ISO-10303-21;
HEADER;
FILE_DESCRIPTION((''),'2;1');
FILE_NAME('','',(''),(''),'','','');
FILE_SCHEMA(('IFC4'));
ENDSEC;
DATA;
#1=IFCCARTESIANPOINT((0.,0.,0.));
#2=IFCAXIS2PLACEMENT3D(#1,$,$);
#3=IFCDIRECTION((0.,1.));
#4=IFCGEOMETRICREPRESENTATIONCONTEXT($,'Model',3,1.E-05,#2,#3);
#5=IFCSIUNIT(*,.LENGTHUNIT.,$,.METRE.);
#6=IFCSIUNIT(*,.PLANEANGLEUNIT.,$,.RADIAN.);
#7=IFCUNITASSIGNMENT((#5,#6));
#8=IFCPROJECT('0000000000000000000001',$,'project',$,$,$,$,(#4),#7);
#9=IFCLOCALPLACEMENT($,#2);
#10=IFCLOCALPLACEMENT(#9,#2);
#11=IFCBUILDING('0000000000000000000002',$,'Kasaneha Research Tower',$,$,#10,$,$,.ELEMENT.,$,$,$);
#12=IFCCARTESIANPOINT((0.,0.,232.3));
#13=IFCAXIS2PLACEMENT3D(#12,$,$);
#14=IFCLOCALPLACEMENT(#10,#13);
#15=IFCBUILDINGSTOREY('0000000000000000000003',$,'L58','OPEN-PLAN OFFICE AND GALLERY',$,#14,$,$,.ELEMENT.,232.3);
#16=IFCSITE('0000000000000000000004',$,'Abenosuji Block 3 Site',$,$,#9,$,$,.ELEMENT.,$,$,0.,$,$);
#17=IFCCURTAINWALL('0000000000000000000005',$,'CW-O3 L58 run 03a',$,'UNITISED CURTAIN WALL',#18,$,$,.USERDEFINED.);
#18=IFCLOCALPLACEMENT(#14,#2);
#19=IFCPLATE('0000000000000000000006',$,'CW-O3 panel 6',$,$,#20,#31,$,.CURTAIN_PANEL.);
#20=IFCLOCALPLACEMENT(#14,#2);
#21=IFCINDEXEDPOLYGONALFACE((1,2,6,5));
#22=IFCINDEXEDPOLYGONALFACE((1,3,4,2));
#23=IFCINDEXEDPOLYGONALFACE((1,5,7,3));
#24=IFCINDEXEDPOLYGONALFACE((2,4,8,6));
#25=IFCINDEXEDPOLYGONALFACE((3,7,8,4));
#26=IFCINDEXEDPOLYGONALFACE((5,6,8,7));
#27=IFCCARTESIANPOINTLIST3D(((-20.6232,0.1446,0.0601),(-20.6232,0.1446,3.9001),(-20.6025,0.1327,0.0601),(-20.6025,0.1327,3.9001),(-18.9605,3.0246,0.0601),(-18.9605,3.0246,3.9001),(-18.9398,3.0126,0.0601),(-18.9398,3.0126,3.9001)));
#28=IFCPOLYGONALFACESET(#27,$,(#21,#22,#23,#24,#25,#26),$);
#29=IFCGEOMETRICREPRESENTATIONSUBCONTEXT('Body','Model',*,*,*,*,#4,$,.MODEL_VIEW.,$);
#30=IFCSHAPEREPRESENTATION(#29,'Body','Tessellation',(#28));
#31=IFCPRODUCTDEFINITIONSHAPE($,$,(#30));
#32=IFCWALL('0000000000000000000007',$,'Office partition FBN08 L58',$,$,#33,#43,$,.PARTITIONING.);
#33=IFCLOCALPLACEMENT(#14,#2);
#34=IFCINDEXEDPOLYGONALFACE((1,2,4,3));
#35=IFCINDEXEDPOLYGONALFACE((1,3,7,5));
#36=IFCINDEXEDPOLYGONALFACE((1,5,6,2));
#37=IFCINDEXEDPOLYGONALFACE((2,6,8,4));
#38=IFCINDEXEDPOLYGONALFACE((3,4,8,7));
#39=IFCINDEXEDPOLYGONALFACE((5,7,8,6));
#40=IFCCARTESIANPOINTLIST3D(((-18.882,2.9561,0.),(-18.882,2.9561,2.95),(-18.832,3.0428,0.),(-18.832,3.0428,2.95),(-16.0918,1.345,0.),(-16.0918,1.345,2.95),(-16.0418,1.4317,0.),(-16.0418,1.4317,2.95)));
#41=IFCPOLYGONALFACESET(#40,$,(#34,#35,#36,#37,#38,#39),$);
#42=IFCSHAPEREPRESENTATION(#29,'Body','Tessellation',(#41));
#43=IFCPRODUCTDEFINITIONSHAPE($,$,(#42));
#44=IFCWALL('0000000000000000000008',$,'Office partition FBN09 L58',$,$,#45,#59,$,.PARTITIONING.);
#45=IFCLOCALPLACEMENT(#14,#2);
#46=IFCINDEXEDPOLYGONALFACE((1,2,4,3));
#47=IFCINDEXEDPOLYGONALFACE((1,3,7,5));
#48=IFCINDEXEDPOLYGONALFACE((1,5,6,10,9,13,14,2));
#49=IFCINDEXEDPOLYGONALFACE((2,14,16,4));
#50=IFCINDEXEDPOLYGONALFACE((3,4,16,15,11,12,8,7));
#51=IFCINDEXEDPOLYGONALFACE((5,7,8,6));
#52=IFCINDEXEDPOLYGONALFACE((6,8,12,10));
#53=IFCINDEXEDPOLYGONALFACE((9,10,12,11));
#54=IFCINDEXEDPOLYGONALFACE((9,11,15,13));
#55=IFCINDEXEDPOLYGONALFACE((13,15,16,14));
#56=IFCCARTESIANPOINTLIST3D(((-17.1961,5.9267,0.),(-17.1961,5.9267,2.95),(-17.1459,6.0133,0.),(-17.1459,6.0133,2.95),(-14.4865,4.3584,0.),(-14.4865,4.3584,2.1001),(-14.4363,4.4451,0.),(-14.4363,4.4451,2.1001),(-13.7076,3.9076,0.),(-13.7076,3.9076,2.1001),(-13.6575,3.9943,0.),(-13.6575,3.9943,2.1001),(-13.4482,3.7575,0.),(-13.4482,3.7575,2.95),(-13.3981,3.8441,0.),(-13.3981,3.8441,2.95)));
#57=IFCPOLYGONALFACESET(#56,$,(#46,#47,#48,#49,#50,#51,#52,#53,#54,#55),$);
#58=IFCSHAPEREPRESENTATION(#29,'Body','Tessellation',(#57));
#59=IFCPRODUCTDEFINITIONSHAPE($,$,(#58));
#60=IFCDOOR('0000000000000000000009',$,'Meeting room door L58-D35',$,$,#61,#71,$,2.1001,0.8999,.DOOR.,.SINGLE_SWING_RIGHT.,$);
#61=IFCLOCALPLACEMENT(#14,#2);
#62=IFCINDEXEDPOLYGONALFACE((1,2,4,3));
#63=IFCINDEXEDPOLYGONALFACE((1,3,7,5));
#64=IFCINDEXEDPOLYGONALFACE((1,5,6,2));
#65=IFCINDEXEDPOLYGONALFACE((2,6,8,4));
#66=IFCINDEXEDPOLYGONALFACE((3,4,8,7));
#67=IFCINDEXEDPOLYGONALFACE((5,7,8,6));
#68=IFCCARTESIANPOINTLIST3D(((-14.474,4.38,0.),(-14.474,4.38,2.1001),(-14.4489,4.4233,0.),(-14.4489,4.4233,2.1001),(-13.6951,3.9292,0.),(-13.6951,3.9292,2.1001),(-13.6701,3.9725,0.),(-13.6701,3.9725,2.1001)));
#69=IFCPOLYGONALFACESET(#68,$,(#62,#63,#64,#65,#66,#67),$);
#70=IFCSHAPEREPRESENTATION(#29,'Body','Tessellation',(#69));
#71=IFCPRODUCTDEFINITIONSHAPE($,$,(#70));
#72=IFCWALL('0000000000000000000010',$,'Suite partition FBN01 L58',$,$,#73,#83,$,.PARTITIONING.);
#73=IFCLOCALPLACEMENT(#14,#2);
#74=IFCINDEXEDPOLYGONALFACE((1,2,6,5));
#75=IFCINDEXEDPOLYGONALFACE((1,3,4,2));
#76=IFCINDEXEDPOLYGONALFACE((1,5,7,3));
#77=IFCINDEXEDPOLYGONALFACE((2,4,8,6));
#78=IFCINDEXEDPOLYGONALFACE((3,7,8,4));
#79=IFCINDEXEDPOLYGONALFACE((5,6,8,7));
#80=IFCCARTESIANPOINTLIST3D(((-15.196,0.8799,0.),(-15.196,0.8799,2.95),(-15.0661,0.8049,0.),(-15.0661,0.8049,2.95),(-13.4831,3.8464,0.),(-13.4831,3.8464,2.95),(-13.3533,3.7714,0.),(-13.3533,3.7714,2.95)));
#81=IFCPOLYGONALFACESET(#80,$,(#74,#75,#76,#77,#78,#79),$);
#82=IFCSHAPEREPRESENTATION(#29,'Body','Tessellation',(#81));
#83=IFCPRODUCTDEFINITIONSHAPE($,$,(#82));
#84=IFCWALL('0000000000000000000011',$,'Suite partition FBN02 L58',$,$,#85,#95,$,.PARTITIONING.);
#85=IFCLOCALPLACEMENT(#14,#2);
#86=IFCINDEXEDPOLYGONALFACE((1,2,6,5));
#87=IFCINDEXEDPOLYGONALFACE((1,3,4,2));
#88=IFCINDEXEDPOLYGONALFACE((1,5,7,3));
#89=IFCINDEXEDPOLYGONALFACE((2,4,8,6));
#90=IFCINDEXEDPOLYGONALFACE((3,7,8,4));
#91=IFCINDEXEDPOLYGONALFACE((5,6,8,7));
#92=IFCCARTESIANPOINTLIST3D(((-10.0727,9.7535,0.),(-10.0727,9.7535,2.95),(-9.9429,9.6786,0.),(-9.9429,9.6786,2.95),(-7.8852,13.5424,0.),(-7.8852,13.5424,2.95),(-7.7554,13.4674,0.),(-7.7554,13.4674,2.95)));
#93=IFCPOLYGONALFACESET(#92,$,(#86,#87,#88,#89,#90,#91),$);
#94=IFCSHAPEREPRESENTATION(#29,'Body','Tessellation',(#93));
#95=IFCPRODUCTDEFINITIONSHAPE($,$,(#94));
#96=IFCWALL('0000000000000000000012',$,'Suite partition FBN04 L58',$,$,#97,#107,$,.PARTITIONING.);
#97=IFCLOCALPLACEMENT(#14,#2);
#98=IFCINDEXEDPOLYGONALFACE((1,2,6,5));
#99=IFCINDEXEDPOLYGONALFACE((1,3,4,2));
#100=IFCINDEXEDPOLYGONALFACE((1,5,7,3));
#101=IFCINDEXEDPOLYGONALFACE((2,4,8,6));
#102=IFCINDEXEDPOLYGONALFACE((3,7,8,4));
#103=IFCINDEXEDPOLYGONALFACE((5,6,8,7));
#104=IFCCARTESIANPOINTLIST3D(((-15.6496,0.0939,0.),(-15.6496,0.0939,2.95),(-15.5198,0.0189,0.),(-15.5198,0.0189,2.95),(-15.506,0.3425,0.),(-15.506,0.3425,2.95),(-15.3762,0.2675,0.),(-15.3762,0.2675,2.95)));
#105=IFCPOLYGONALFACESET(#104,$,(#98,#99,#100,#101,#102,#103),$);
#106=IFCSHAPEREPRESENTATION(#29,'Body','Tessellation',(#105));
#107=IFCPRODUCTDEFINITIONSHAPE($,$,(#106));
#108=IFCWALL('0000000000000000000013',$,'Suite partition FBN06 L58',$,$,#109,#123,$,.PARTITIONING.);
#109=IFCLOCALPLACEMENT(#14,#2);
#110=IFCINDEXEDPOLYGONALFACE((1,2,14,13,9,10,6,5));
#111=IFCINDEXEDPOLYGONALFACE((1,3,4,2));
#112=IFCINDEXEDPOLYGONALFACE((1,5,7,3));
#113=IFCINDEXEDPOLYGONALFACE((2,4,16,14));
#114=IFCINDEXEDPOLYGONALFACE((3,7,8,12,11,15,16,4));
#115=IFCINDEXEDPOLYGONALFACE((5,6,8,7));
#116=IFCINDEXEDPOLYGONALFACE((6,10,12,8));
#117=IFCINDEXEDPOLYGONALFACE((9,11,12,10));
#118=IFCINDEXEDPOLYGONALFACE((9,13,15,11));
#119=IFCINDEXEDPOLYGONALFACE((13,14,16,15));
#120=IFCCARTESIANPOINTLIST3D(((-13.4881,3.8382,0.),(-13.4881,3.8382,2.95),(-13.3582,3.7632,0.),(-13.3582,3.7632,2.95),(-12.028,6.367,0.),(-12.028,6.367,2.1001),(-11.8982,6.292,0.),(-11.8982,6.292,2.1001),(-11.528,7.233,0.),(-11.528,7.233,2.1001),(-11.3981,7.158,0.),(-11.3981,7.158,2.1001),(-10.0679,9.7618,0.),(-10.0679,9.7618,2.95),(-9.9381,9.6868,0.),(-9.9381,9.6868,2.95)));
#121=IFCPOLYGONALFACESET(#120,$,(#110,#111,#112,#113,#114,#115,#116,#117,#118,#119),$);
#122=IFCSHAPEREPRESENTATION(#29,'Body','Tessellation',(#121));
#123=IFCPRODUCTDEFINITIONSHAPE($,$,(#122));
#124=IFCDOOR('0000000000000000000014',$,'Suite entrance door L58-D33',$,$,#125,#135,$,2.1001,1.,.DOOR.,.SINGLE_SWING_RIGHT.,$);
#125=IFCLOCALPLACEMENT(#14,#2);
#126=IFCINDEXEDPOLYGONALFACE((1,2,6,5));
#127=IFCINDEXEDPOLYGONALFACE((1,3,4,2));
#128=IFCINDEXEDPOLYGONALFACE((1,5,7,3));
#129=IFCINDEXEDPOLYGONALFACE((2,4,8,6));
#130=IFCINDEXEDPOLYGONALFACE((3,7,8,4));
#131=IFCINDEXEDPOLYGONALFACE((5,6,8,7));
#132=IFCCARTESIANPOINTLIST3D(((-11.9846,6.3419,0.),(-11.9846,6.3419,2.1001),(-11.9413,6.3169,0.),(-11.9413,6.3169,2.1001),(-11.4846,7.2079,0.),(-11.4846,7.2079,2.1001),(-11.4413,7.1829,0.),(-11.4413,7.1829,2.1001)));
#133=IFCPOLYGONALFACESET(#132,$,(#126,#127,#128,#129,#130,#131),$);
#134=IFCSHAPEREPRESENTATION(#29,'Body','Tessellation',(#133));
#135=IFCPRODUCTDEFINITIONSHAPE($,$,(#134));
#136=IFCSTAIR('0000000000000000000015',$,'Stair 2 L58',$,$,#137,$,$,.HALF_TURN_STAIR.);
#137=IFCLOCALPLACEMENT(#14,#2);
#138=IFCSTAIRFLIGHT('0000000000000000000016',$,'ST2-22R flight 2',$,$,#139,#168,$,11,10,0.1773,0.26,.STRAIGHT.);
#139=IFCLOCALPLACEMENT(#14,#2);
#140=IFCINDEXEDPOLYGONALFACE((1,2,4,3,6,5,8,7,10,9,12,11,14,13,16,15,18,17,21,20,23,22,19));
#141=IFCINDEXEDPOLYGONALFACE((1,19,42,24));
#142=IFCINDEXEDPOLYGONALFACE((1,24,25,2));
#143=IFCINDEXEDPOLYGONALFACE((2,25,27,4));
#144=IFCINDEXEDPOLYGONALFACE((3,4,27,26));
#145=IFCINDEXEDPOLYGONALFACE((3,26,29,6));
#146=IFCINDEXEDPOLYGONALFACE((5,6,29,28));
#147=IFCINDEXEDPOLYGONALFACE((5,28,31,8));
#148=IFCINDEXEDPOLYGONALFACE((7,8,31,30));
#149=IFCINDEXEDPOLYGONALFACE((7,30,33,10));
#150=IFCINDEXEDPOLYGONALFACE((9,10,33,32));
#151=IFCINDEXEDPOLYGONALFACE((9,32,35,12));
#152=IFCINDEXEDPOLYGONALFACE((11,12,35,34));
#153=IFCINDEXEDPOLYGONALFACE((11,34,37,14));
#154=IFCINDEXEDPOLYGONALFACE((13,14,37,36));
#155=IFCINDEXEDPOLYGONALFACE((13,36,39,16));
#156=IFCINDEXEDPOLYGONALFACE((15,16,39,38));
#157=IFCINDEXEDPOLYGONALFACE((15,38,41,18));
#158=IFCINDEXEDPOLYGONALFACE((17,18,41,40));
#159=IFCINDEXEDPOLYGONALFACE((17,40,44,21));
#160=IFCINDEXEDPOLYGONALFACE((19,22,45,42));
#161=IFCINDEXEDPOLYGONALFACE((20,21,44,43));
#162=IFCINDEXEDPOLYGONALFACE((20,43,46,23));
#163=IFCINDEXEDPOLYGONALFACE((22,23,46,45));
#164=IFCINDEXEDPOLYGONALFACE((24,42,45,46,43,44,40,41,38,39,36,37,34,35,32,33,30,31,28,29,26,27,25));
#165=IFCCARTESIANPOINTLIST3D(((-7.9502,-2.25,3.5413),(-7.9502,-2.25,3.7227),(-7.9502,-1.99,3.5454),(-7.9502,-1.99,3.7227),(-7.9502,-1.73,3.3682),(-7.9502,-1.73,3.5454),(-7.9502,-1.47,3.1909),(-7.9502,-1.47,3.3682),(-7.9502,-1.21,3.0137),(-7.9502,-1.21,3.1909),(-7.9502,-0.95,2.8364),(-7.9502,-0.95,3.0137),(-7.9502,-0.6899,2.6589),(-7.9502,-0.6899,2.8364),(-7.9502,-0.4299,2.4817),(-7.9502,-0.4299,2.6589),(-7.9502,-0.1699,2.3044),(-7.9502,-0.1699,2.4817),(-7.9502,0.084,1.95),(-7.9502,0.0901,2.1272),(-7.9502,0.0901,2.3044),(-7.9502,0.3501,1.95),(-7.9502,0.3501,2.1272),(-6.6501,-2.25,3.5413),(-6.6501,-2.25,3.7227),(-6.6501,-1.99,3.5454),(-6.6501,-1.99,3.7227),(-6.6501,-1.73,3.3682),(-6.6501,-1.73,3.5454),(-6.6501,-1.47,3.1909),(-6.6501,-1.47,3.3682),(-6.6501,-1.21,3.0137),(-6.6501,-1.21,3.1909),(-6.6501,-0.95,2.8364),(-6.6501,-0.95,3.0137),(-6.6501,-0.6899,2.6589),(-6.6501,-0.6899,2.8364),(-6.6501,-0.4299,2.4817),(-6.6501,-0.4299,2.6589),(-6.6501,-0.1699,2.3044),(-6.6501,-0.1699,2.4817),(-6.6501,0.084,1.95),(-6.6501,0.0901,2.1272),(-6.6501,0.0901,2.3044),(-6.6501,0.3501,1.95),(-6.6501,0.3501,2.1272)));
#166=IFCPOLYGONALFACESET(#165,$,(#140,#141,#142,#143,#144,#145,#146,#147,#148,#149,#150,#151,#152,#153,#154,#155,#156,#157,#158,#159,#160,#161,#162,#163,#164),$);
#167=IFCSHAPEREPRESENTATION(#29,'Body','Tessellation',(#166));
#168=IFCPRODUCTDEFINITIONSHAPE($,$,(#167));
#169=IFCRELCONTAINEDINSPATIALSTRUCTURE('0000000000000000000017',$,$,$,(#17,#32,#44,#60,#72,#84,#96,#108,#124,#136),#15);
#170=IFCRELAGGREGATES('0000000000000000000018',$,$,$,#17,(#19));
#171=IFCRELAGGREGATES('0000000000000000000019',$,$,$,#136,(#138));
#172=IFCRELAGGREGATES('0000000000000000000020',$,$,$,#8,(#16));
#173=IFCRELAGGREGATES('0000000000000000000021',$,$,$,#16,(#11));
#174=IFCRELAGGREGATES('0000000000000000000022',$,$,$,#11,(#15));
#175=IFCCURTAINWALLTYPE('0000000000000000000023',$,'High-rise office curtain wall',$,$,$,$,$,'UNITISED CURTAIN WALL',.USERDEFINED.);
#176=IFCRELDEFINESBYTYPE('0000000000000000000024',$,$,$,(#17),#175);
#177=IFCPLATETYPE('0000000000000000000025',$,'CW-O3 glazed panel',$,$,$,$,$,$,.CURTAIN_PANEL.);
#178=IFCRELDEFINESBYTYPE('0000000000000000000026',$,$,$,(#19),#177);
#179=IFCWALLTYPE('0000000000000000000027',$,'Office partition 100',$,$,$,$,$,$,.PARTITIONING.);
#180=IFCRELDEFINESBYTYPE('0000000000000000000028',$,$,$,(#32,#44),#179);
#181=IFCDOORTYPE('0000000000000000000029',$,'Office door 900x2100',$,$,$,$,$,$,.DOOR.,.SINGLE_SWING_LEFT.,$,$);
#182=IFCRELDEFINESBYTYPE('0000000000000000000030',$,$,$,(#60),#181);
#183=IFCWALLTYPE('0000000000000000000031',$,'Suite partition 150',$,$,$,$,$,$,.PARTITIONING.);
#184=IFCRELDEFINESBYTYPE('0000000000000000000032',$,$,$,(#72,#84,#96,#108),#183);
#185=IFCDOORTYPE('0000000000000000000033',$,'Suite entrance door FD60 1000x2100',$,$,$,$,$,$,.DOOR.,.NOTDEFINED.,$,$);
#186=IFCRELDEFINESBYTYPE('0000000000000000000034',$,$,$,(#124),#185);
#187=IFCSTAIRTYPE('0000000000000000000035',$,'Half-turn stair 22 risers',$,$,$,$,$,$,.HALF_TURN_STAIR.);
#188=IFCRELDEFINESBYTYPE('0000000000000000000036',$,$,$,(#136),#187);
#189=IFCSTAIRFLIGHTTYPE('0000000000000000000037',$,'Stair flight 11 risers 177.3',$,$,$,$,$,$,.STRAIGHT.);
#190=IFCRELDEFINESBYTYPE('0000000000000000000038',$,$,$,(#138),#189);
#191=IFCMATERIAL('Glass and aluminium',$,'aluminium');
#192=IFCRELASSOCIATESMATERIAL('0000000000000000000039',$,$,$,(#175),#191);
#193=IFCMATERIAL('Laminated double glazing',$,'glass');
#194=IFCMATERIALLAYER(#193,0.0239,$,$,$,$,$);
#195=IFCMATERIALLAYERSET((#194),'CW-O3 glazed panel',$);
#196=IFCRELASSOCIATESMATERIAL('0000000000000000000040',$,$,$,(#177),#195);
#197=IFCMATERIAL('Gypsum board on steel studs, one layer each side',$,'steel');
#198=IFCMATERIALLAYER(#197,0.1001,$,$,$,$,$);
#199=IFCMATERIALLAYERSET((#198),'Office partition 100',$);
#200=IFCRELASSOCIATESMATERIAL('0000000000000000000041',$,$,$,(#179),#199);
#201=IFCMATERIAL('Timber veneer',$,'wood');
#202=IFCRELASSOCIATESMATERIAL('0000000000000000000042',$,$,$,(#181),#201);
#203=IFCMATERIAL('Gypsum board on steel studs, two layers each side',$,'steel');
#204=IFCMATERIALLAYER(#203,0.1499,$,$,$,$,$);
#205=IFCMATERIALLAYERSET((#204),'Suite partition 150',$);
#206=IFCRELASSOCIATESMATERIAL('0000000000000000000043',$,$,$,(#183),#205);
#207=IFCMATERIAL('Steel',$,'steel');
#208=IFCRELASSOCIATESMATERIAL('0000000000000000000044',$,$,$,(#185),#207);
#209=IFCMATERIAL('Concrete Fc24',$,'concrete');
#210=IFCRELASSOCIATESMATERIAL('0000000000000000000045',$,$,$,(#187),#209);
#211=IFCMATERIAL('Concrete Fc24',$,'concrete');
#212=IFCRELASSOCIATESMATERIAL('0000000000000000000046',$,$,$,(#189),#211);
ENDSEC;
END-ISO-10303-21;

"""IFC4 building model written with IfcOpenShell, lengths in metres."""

from ifc_helpers import new_model, si_unit, direction, frame, frame_2d, origin, origin_2d, place, context, subcontext, project, spatial, polyline, rectangle, outline, extrude, material, layer, layer_set, type_object, element, fill, aggregate, save


model = new_model("IFC4")

# Units and contexts
model_context = context("Model", 3, precision=1e-05, world=origin(), true_north=direction((0.0, 1.0)))
body_context = subcontext(model_context, "Body", "Model", "MODEL_VIEW")
ifc_project = project(units=[si_unit("LENGTHUNIT", "METRE"), si_unit("PLANEANGLEUNIT", "RADIAN")], contexts=[model_context])

# Site, building, storey
site_placement = place(None, origin())
site = spatial("IfcSite", under=ifc_project, at=site_placement, Name="Abenosuji Block 3 Site", CompositionType="ELEMENT", RefElevation=0.0)
building_placement = place(site_placement, origin())
building = spatial("IfcBuilding", under=site, at=building_placement, Name="Kasaneha Research Tower", CompositionType="ELEMENT")
storey_placement = place(building_placement, frame((0.0, 0.0, 232.3)))
storey = spatial("IfcBuildingStorey", under=building, at=storey_placement, Name="L58", Description="OPEN-PLAN OFFICE AND GALLERY", CompositionType="ELEMENT", Elevation=232.3)

# Curtain wall
ifc_material_1 = material(Name="Glass and aluminium", Category="aluminium")
curtain_wall_type = type_object("IfcCurtainWallType", Name="High-rise office curtain wall", ElementType="UNITISED CURTAIN WALL", PredefinedType="USERDEFINED", material=ifc_material_1)
curtain_wall_placement = place(storey_placement, origin())
curtain_wall = element("IfcCurtainWall", 1, at=curtain_wall_placement, inside=storey, type_object=curtain_wall_type, Name="CW-O3 L58 run 03a", ObjectType="UNITISED CURTAIN WALL", PredefinedType="USERDEFINED")

# Plate
ifc_material_2 = material(Name="Laminated double glazing", Category="glass")
ifc_layer_1 = layer(ifc_material_2, 0.0239)
ifc_layer_set_1 = layer_set([ifc_layer_1], Name="CW-O3 glazed panel")
plate_type = type_object("IfcPlateType", Name="CW-O3 glazed panel", PredefinedType="CURTAIN_PANEL", material=ifc_layer_set_1)
plate_1_placement = place(storey_placement, frame((-19.7815, 1.5786, 0.0601), z_axis=(0.0, 0.0, 1.0), x_axis=(-0.5, -0.866025, 0.0)))
plate_1 = element("IfcPlate", 2, at=plate_1_placement, type_object=plate_type, Name="CW-O3 panel 6", PredefinedType="CURTAIN_PANEL", context=body_context, shape_type="SweptSolid", body=[
    extrude(rectangle(XDim=3.3254, YDim=0.0239, at=origin_2d()), origin(), (0.0, 0.0, 1.0), 3.8401),
])
aggregate(curtain_wall, [plate_1])

# Wall
ifc_material_3 = material(Name="Gypsum board on steel studs, one layer each side", Category="steel")
ifc_layer_2 = layer(ifc_material_3, 0.1001)
ifc_layer_set_2 = layer_set([ifc_layer_2], Name="Office partition 100")
wall_type_1 = type_object("IfcWallType", Name="Office partition 100", PredefinedType="PARTITIONING", material=ifc_layer_set_2)
wall_1_placement = place(storey_placement, frame((-16.0669, 1.3884, 0.0), z_axis=(0.0, 0.0, 1.0), x_axis=(-0.86601, 0.500026, 0.0)))
element("IfcWall", 3, at=wall_1_placement, inside=storey, type_object=wall_type_1, Name="Office partition FBN08 L58", PredefinedType="PARTITIONING", context=body_context, shape_type="SweptSolid", body=[
    extrude(rectangle(XDim=3.2219, YDim=0.1001, at=frame_2d((1.6108, 0.0))), origin(), (0.0, 0.0, 1.0), 2.95),
])

# Wall, opening, door
wall_2_placement = place(storey_placement, frame((-17.1709, 5.97, 0.0), z_axis=(0.0, 0.0, 1.0), x_axis=(0.865485, -0.500934, 0.0)))
wall_2 = element("IfcWall", 4, at=wall_2_placement, inside=storey, type_object=wall_type_1, Name="Office partition FBN09 L58", PredefinedType="PARTITIONING", context=body_context, shape_type="SweptSolid", body=[
    extrude(rectangle(XDim=4.3303, YDim=0.1001, at=frame_2d((2.165, 0.0))), origin(), (0.0, 0.0, 1.0), 2.95),
])
opening_1_placement = place(wall_2_placement, frame((3.1306, 0.0, 0.0)))
opening_1 = element("IfcOpeningElement", 5, at=opening_1_placement, cuts=wall_2, PredefinedType="OPENING", context=body_context, shape_type="SweptSolid", body=[
    extrude(rectangle(XDim=0.8999, YDim=2.1001, at=frame_2d((0.45, 1.05))), frame((0.0, 0.0601, 0.0), z_axis=(0.0, -1.0, 0.0), x_axis=(1.0, 0.0, 0.0)), (0.0, 0.0, 1.0), 0.1201),
])
ifc_material_4 = material(Name="Timber veneer", Category="wood")
door_type_1 = type_object("IfcDoorType", Name="Office door 900x2100", OperationType="SINGLE_SWING_LEFT", PredefinedType="DOOR", material=ifc_material_4)
door_1_placement = place(opening_1_placement, origin())
door_1 = element("IfcDoor", 6, at=door_1_placement, inside=storey, type_object=door_type_1, Name="Meeting room door L58-D35", OperationType="SINGLE_SWING_RIGHT", OverallHeight=2.1001, OverallWidth=0.8999, PredefinedType="DOOR", context=body_context, shape_type="SweptSolid", body=[
    extrude(rectangle(XDim=0.8999, YDim=2.1001, at=frame_2d((0.45, 1.05))), frame((0.0, 0.0249, 0.0), z_axis=(0.0, -1.0, 0.0), x_axis=(1.0, 0.0, 0.0)), (0.0, 0.0, 1.0), 0.05),
])
fill(opening_1, door_1)

# Walls
ifc_material_5 = material(Name="Gypsum board on steel studs, two layers each side", Category="steel")
ifc_layer_3 = layer(ifc_material_5, 0.1499)
ifc_layer_set_3 = layer_set([ifc_layer_3], Name="Suite partition 150")
wall_type_2 = type_object("IfcWallType", Name="Suite partition 150", PredefinedType="PARTITIONING", material=ifc_layer_set_3)
wall_3_placement = place(storey_placement, frame((-15.1311, 0.8423, 0.0), z_axis=(0.0, 0.0, 1.0), x_axis=(0.500033, 0.866006, 0.0)))
element("IfcWall", 7, at=wall_3_placement, inside=storey, type_object=wall_type_2, Name="Suite partition FBN01 L58", PredefinedType="PARTITIONING", context=body_context, shape_type="SweptSolid", body=[
    extrude(rectangle(XDim=3.4255, YDim=0.1499, at=frame_2d((1.7129, 0.0))), origin(), (0.0, 0.0, 1.0), 2.95),
])
wall_4_placement = place(storey_placement, frame((-10.0078, 9.7161, 0.0), z_axis=(0.0, 0.0, 1.0), x_axis=(0.500004, 0.866023, 0.0)))
element("IfcWall", 8, at=wall_4_placement, inside=storey, type_object=wall_type_2, Name="Suite partition FBN02 L58", PredefinedType="PARTITIONING", context=body_context, shape_type="SweptSolid", body=[
    extrude(rectangle(XDim=4.375, YDim=0.1499, at=frame_2d((2.1875, 0.0))), origin(), (0.0, 0.0, 1.0), 2.95),
])
wall_5_placement = place(storey_placement, frame((-15.5847, 0.0564, 0.0), z_axis=(0.0, 0.0, 1.0), x_axis=(0.500164, 0.865931, 0.0)))
element("IfcWall", 9, at=wall_5_placement, inside=storey, type_object=wall_type_2, Name="Suite partition FBN04 L58", PredefinedType="PARTITIONING", context=body_context, shape_type="SweptSolid", body=[
    extrude(rectangle(XDim=0.2871, YDim=0.1499, at=frame_2d((0.1436, 0.0))), origin(), (0.0, 0.0, 1.0), 2.95),
])

# Wall, opening, door
wall_6_placement = place(storey_placement, frame((-13.4231, 3.8008, 0.0), z_axis=(0.0, 0.0, 1.0), x_axis=(0.50002, 0.866014, 0.0)))
wall_6 = element("IfcWall", 10, at=wall_6_placement, inside=storey, type_object=wall_type_2, Name="Suite partition FBN06 L58", PredefinedType="PARTITIONING", context=body_context, shape_type="SweptSolid", body=[
    extrude(rectangle(XDim=6.8401, YDim=0.1499, at=frame_2d((3.4199, 0.0))), origin(), (0.0, 0.0, 1.0), 2.95),
])
opening_2_placement = place(wall_6_placement, frame((2.9199, 0.0, 0.0)))
opening_2 = element("IfcOpeningElement", 11, at=opening_2_placement, cuts=wall_6, PredefinedType="OPENING", context=body_context, shape_type="SweptSolid", body=[
    extrude(rectangle(XDim=1.0, YDim=2.1001, at=frame_2d((0.5, 1.05))), frame((0.0, 0.085, 0.0), z_axis=(0.0, -1.0, 0.0), x_axis=(1.0, 0.0, 0.0)), (0.0, 0.0, 1.0), 0.1699),
])
ifc_material_6 = material(Name="Steel", Category="steel")
door_type_2 = type_object("IfcDoorType", Name="Suite entrance door FD60 1000x2100", OperationType="NOTDEFINED", PredefinedType="DOOR", material=ifc_material_6)
door_2_placement = place(opening_2_placement, origin())
door_2 = element("IfcDoor", 12, at=door_2_placement, inside=storey, type_object=door_type_2, Name="Suite entrance door L58-D33", OperationType="SINGLE_SWING_RIGHT", OverallHeight=2.1001, OverallWidth=1.0, PredefinedType="DOOR", context=body_context, shape_type="SweptSolid", body=[
    extrude(rectangle(XDim=1.0, YDim=2.1001, at=frame_2d((0.5, 1.05))), frame((0.0, 0.0249, 0.0), z_axis=(0.0, -1.0, 0.0), x_axis=(1.0, 0.0, 0.0)), (0.0, 0.0, 1.0), 0.05),
])
fill(opening_2, door_2)

# Stair, stair flight
ifc_material_7 = material(Name="Concrete Fc24", Category="concrete")
stair_type = type_object("IfcStairType", Name="Half-turn stair 22 risers", PredefinedType="HALF_TURN_STAIR", material=ifc_material_7)
stair_placement = place(storey_placement, origin())
stair = element("IfcStair", 13, at=stair_placement, inside=storey, type_object=stair_type, Name="Stair 2 L58", PredefinedType="HALF_TURN_STAIR")
ifc_material_8 = material(Name="Concrete Fc24", Category="concrete")
stair_flight_type = type_object("IfcStairFlightType", Name="Stair flight 11 risers 177.3", PredefinedType="STRAIGHT", material=ifc_material_8)
stair_flight_placement = place(storey_placement, frame((-7.3, 0.3501, 1.95), z_axis=(0.0, 0.0, 1.0), x_axis=(0.0, -1.0, 0.0)))
stair_flight = element("IfcStairFlight", 14, at=stair_flight_placement, type_object=stair_flight_type, Name="ST2-22R flight 2", NumberOfRisers=11, NumberOfTreads=10, PredefinedType="STRAIGHT", RiserHeight=0.1773, TreadLength=0.26, context=body_context, shape_type="SweptSolid", body=[
    extrude(outline(polyline([(0.0, 0.0), (0.0, 0.1772), (0.26, 0.1772), (0.26, 0.3545), (0.52, 0.3545), (0.52, 0.5317), (0.78, 0.5317), (0.78, 0.709), (1.04, 0.709), (1.04, 0.8865), (1.3, 0.8865), (1.3, 1.0637), (1.5601, 1.0637), (1.5601, 1.241), (1.8201, 1.241), (1.8201, 1.4182), (2.0801, 1.4182), (2.0801, 1.5955), (2.3401, 1.5955), (2.3401, 1.7727), (2.6001, 1.7727), (2.6001, 1.95), (2.6001, 1.5913), (0.2661, 0.0), (0.0, 0.0)])), frame((0.0, 0.6499, 0.0), z_axis=(0.0, -1.0, 0.0), x_axis=(1.0, 0.0, 0.0)), (0.0, 0.0, 1.0), 1.3),
])
aggregate(stair, [stair_flight])

save(model, "model.ifc")
